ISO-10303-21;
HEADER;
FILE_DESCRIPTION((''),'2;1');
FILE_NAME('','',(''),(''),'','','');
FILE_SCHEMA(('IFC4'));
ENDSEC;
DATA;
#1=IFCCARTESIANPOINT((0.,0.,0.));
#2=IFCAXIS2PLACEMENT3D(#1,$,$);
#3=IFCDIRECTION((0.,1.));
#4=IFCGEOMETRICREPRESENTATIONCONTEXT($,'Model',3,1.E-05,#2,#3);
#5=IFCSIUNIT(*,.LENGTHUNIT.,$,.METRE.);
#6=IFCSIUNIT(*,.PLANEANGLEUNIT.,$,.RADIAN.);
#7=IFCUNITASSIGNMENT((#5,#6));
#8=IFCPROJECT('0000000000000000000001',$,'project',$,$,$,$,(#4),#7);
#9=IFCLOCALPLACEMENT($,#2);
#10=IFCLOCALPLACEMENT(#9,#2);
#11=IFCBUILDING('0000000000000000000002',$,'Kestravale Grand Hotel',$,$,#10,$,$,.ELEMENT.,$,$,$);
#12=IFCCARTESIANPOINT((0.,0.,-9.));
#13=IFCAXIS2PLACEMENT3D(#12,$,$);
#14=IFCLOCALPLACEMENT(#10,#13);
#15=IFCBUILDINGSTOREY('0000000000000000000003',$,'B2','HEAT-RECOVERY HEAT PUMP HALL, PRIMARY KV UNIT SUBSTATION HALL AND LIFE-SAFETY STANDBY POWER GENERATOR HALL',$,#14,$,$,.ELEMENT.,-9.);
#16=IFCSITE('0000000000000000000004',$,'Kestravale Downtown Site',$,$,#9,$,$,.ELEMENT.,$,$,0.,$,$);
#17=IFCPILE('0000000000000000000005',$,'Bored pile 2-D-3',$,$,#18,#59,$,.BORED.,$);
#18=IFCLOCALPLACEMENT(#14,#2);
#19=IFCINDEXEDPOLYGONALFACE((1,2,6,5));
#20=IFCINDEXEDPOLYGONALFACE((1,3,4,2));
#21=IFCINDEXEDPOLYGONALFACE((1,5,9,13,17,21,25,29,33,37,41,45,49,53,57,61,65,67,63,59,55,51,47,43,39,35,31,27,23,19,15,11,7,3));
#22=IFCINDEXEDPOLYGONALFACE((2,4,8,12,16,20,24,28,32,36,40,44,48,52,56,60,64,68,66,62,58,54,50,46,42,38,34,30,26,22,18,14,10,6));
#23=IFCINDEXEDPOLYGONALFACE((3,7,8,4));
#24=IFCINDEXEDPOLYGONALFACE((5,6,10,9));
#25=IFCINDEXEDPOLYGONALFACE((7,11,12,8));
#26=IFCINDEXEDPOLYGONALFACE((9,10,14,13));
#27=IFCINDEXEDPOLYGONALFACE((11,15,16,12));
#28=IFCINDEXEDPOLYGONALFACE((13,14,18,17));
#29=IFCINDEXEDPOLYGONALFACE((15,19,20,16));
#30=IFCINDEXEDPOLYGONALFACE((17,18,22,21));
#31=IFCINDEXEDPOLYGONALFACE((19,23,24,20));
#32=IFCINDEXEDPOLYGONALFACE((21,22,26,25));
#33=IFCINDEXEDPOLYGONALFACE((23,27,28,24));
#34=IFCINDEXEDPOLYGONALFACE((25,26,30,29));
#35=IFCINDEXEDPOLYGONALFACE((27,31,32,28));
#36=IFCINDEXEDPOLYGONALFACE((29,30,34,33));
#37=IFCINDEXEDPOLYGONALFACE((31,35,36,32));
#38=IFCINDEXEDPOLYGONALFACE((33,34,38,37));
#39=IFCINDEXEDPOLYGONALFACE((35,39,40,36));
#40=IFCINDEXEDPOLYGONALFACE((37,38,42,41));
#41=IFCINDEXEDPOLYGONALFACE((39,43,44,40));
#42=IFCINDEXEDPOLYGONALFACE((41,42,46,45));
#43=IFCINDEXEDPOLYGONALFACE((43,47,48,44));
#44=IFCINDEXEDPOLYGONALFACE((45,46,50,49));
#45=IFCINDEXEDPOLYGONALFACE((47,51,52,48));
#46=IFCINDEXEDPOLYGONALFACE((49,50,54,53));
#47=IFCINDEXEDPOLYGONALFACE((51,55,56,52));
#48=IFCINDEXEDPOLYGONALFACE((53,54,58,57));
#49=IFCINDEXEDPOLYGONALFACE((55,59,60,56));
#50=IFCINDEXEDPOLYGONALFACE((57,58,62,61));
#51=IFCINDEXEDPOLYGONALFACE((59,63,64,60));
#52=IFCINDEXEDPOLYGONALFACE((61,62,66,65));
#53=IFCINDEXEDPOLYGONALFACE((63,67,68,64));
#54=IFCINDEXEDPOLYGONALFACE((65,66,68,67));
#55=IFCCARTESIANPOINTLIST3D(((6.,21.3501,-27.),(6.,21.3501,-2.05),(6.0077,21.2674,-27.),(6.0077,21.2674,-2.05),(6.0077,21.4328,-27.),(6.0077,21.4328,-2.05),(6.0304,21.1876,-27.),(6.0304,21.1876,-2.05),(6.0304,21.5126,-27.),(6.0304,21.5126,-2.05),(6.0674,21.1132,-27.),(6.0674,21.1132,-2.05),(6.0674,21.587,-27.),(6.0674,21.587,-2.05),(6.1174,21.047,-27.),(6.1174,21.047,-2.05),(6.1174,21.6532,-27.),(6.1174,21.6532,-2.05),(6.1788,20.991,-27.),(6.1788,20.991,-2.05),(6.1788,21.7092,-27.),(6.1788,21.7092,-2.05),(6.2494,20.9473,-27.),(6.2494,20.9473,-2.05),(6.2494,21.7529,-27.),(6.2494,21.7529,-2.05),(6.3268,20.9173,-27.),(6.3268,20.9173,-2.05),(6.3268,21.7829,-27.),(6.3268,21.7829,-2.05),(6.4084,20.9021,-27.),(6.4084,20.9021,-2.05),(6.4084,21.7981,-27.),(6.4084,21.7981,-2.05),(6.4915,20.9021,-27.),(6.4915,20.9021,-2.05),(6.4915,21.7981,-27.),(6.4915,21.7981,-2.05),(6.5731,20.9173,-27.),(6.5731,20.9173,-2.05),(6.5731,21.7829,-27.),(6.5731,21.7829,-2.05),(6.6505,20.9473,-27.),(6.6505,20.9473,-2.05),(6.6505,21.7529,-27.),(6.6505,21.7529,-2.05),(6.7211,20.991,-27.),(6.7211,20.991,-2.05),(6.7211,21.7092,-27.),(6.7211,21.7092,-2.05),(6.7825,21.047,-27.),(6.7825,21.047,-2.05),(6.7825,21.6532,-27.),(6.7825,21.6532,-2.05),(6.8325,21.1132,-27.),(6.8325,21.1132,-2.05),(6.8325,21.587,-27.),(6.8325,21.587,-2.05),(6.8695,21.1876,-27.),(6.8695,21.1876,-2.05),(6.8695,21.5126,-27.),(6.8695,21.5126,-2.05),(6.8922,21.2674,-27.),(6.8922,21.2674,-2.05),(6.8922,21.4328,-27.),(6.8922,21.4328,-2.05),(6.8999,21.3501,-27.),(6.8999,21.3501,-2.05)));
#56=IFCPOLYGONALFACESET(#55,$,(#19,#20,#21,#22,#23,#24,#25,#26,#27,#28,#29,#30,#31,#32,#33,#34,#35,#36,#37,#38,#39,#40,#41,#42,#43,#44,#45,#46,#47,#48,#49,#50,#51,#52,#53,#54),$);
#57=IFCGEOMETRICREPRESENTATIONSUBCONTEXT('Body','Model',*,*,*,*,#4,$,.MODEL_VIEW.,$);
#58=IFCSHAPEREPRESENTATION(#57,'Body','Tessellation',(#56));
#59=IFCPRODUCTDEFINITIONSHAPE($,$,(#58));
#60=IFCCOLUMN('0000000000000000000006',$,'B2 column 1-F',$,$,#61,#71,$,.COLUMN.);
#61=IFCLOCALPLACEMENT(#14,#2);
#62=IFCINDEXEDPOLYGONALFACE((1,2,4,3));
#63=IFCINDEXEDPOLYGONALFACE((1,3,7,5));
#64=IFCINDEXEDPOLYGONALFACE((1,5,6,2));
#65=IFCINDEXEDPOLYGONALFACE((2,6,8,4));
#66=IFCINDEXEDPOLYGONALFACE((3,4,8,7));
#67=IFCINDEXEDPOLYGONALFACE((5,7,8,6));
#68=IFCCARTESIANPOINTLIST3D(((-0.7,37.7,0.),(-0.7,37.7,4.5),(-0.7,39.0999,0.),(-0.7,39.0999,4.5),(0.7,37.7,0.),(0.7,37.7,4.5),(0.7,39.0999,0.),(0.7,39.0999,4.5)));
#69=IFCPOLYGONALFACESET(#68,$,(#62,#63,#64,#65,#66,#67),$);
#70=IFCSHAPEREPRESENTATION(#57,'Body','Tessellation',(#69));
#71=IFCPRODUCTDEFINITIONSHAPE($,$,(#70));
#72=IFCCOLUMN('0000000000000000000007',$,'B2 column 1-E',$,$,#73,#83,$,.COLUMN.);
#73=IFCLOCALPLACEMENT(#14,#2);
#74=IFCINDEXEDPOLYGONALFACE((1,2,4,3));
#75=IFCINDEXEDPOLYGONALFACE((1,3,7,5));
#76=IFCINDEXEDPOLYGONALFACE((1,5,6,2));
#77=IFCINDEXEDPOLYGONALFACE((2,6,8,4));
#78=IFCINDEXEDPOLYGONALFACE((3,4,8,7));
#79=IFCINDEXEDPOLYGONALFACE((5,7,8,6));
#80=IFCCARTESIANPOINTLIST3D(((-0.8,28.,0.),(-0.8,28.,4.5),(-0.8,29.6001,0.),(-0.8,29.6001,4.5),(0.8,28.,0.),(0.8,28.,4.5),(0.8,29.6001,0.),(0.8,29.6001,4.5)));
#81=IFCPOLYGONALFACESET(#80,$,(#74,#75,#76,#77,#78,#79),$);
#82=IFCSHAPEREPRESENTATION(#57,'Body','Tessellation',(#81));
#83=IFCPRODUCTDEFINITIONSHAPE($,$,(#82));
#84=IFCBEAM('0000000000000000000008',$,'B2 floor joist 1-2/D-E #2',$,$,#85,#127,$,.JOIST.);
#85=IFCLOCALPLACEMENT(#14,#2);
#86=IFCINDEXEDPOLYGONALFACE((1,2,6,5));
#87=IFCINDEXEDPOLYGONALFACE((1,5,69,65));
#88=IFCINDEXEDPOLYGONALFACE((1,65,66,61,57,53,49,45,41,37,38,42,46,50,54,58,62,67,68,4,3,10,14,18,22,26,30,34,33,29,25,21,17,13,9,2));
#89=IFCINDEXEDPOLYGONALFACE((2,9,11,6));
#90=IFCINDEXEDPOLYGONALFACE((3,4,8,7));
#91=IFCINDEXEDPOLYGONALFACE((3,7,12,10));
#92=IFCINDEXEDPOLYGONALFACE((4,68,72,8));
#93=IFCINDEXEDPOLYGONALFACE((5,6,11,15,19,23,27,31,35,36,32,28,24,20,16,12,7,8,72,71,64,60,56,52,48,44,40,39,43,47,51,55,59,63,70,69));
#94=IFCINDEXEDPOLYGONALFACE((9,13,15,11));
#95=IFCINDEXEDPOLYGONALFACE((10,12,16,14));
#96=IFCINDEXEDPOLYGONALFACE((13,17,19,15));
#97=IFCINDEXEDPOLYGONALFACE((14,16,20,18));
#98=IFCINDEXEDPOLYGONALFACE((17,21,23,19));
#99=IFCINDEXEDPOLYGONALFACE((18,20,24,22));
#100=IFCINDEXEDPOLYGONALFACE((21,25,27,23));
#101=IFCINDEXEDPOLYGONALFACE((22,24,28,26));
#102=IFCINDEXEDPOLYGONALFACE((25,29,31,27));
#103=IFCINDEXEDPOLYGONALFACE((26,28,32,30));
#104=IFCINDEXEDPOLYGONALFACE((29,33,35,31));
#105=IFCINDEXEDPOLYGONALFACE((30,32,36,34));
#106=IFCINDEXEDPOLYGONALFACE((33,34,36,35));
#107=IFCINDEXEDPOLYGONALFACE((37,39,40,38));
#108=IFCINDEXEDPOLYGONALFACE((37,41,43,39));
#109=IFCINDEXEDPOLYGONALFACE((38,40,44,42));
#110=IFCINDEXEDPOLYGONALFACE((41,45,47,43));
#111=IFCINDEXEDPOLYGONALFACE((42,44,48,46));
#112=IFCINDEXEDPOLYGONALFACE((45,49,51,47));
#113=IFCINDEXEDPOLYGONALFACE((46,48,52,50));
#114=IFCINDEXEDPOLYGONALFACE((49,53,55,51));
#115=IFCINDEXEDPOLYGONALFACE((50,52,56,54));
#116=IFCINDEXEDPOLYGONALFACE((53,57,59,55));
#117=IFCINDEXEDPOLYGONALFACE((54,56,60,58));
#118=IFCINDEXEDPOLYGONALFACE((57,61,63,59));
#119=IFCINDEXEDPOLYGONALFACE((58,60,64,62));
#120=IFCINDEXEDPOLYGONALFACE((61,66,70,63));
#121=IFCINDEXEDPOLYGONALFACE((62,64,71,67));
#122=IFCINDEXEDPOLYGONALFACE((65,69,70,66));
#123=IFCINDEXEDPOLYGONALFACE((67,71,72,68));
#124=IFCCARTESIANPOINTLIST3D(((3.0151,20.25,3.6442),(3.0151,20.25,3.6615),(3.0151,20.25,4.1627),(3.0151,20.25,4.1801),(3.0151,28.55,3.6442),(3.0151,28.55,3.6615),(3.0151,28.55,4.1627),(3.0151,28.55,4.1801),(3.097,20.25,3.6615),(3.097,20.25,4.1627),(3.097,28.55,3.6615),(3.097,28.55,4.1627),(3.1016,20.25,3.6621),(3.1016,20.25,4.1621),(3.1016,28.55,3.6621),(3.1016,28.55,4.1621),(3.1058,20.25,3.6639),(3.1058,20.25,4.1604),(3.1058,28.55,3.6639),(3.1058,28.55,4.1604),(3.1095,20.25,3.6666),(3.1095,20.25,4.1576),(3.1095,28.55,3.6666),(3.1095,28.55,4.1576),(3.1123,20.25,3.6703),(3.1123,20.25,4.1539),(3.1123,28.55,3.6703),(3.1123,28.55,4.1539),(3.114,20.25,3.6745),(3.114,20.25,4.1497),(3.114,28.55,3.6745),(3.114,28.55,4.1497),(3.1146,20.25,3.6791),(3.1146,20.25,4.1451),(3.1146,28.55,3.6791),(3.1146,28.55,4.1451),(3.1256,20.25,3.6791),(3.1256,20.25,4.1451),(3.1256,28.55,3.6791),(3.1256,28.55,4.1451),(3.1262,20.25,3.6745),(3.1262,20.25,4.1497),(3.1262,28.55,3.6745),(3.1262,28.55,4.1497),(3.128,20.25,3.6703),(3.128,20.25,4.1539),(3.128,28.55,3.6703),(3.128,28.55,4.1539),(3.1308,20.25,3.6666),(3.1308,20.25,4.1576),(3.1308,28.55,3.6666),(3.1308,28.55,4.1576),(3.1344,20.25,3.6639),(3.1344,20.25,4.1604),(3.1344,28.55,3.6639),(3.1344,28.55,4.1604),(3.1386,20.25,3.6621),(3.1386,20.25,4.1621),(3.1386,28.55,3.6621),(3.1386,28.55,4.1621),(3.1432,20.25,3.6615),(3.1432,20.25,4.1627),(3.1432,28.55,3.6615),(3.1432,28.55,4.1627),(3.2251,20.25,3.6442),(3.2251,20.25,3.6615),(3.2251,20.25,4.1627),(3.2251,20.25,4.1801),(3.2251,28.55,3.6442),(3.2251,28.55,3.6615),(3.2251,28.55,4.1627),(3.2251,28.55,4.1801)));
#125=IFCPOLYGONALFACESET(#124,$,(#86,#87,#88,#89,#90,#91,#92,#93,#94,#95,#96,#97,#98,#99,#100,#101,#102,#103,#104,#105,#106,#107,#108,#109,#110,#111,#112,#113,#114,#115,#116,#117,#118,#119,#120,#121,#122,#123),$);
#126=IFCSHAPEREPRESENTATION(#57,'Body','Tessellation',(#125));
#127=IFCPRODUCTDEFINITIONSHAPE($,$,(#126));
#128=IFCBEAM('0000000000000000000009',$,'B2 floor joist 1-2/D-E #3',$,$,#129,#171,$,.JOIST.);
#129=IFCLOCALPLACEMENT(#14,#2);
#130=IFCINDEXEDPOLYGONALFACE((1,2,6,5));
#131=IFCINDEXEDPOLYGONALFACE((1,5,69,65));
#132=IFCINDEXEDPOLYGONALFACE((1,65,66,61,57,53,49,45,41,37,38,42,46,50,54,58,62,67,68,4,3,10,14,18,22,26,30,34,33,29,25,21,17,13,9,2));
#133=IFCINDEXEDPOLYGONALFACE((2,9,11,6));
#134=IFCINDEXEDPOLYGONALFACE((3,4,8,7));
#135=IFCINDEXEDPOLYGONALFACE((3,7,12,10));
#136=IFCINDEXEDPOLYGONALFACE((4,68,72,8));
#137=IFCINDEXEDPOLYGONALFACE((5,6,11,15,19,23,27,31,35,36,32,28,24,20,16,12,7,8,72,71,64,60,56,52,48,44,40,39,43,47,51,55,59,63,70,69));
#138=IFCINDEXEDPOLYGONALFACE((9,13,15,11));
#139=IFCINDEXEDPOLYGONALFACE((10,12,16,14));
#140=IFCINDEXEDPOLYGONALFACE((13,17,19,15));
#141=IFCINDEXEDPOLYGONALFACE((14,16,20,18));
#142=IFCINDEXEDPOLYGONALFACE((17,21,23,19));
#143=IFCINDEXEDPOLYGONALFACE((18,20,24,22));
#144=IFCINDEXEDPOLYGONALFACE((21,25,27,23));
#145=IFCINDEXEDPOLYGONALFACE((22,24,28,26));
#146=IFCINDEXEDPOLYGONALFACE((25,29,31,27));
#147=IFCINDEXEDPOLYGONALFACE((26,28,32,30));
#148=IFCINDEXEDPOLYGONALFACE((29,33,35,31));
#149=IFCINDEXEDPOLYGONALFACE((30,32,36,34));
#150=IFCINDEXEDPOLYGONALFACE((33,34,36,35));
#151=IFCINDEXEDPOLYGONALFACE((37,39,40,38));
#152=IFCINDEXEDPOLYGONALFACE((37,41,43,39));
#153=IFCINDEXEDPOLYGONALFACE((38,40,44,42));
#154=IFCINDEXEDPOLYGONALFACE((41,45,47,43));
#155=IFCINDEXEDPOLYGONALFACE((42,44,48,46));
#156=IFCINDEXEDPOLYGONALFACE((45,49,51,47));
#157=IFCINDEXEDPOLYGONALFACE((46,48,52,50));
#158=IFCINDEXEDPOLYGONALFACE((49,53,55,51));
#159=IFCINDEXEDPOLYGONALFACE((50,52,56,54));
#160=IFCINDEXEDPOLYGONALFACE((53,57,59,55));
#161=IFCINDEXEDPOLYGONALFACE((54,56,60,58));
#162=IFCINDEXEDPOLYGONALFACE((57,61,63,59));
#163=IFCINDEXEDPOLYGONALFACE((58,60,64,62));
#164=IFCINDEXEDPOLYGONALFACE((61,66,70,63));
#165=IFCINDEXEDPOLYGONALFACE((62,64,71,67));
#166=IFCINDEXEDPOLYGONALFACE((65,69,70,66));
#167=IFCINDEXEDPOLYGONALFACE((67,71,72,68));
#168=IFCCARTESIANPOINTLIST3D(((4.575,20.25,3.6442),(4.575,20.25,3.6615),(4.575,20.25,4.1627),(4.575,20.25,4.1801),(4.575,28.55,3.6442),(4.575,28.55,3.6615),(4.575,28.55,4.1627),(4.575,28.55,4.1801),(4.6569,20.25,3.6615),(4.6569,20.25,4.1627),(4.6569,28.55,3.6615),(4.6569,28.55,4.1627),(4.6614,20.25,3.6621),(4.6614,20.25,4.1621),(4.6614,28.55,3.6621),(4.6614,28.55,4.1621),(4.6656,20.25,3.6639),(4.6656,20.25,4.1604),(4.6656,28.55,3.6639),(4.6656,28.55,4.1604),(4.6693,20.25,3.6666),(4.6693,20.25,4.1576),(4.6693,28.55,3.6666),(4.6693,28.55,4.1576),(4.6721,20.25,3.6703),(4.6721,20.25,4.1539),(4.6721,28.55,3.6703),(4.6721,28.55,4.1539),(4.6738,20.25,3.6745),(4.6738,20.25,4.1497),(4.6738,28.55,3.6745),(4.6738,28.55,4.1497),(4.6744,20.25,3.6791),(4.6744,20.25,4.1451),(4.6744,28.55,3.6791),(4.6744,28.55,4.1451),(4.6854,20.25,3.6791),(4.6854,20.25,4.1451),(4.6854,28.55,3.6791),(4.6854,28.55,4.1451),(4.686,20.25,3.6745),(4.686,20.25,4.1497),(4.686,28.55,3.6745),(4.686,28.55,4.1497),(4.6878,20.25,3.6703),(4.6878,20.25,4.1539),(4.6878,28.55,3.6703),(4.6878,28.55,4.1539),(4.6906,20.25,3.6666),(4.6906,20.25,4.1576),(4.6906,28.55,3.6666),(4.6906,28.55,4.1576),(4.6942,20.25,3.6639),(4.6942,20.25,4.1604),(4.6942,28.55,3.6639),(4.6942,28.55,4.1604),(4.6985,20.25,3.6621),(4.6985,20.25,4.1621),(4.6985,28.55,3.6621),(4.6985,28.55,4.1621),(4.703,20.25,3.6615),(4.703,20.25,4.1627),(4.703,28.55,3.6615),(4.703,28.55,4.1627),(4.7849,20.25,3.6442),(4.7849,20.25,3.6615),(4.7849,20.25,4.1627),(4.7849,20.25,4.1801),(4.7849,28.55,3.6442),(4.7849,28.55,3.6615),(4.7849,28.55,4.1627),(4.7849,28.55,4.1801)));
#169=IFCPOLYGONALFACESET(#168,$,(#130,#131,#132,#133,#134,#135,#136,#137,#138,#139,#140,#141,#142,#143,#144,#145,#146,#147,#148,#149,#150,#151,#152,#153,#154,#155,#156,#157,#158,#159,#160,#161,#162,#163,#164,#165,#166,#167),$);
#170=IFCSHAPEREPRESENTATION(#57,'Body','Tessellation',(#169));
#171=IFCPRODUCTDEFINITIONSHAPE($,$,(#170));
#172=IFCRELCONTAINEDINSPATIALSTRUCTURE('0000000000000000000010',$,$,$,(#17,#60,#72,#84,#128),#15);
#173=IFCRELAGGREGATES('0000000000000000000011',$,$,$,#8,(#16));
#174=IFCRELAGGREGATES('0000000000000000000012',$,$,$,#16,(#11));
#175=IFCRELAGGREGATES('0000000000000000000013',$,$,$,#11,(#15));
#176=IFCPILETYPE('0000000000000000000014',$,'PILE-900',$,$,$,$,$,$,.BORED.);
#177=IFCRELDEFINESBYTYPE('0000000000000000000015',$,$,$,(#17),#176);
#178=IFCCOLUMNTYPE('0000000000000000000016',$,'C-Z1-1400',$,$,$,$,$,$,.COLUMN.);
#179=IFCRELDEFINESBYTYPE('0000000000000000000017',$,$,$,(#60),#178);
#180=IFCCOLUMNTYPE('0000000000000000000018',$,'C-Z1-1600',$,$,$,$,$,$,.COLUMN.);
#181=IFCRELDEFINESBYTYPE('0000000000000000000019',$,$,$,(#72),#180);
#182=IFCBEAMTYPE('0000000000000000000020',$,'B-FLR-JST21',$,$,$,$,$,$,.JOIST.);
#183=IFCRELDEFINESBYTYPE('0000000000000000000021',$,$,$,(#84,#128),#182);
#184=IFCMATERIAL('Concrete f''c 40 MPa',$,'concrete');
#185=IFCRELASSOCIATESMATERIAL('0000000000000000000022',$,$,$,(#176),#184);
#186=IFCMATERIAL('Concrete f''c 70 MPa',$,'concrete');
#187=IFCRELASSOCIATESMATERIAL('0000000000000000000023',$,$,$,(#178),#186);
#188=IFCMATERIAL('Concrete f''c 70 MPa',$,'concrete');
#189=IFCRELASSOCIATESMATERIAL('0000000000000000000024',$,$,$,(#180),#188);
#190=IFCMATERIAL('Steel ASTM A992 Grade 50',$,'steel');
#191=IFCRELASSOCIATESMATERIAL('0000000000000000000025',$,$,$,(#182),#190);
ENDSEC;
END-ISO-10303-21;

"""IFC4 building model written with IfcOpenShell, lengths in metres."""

from ifc_helpers import new_model, si_unit, direction, frame, origin, origin_2d, place, context, subcontext, project, spatial, rectangle, circle, i_section, extrude, material, material_profile, profile_set, type_object, element, save


model = new_model("IFC4")

# Units and contexts
model_context = context("Model", 3, precision=1e-05, world=origin(), true_north=direction((0.0, 1.0)))
body_context = subcontext(model_context, "Body", "Model", "MODEL_VIEW")
ifc_project = project(units=[si_unit("LENGTHUNIT", "METRE"), si_unit("PLANEANGLEUNIT", "RADIAN")], contexts=[model_context])

# Site, building, storey
site_placement = place(None, origin())
site = spatial("IfcSite", under=ifc_project, at=site_placement, Name="Kestravale Downtown Site", CompositionType="ELEMENT", RefElevation=0.0)
building_placement = place(site_placement, origin())
building = spatial("IfcBuilding", under=site, at=building_placement, Name="Kestravale Grand Hotel", CompositionType="ELEMENT")
storey_placement = place(building_placement, frame((0.0, 0.0, -9.0)))
storey = spatial("IfcBuildingStorey", under=building, at=storey_placement, Name="B2", Description="HEAT-RECOVERY HEAT PUMP HALL, PRIMARY KV UNIT SUBSTATION HALL AND LIFE-SAFETY STANDBY POWER GENERATOR HALL", CompositionType="ELEMENT", Elevation=-9.0)

# Pile
ifc_material_1 = material(Name="Concrete f'c 40 MPa", Category="concrete")
ifc_material_profile_1 = material_profile(ifc_material_1, circle(Radius=0.45, at=origin_2d()))
ifc_profile_set_1 = profile_set([ifc_material_profile_1], Name="Concrete f'c 40 MPa")
pile_type_1 = type_object("IfcPileType", Name="PILE-900", PredefinedType="BORED", material=ifc_profile_set_1)
pile_placement = place(storey_placement, frame((6.45, 21.3501, -2.05), z_axis=(0.0, 0.0, -1.0), x_axis=(1.0, 0.0, 0.0)))
element("IfcPile", 1, at=pile_placement, inside=storey, type_object=pile_type_1, Name="Bored pile 2-D-3", PredefinedType="BORED", context=body_context, shape_type="SweptSolid", body=[
    extrude(circle(Radius=0.45, at=origin_2d()), origin(), (0.0, 0.0, 1.0), 24.95),
])

# Columns
ifc_material_2 = material(Name="Concrete f'c 70 MPa", Category="concrete")
ifc_material_profile_2 = material_profile(ifc_material_2, rectangle(XDim=1.3999, YDim=1.3999, at=origin_2d()))
ifc_profile_set_2 = profile_set([ifc_material_profile_2], Name="Concrete f'c 70 MPa")
column_type_1 = type_object("IfcColumnType", Name="C-Z1-1400", PredefinedType="COLUMN", material=ifc_profile_set_2)
column_1_placement = place(storey_placement, frame((0.0, 38.3999, 0.0), z_axis=(0.0, 0.0, 1.0), x_axis=(1.0, 0.0, 0.0)))
element("IfcColumn", 2, at=column_1_placement, inside=storey, type_object=column_type_1, Name="B2 column 1-F", PredefinedType="COLUMN", context=body_context, shape_type="SweptSolid", body=[
    extrude(rectangle(XDim=1.3999, YDim=1.3999, at=origin_2d()), origin(), (0.0, 0.0, 1.0), 4.5),
])
ifc_material_3 = material(Name="Concrete f'c 70 MPa", Category="concrete")
ifc_material_profile_3 = material_profile(ifc_material_3, rectangle(XDim=1.6001, YDim=1.6001, at=origin_2d()))
ifc_profile_set_3 = profile_set([ifc_material_profile_3], Name="Concrete f'c 70 MPa")
column_type_2 = type_object("IfcColumnType", Name="C-Z1-1600", PredefinedType="COLUMN", material=ifc_profile_set_3)
column_2_placement = place(storey_placement, frame((0.0, 28.8, 0.0), z_axis=(0.0, 0.0, 1.0), x_axis=(1.0, 0.0, 0.0)))
element("IfcColumn", 3, at=column_2_placement, inside=storey, type_object=column_type_2, Name="B2 column 1-E", PredefinedType="COLUMN", context=body_context, shape_type="SweptSolid", body=[
    extrude(rectangle(XDim=1.6001, YDim=1.6001, at=origin_2d()), origin(), (0.0, 0.0, 1.0), 4.5),
])

# Beams
ifc_material_4 = material(Name="Steel ASTM A992 Grade 50", Category="steel")
ifc_material_profile_4 = material_profile(ifc_material_4, i_section(OverallWidth=0.21, OverallDepth=0.5359, WebThickness=0.011, FlangeThickness=0.0173, FilletRadius=0.0176, at=origin_2d()))
ifc_profile_set_4 = profile_set([ifc_material_profile_4], Name="Steel ASTM A992 Grade 50")
beam_type_1 = type_object("IfcBeamType", Name="B-FLR-JST21", PredefinedType="JOIST", material=ifc_profile_set_4)
for number, where, z_axis, x_axis, name in (
    (4, (3.1201, 20.25, 3.9121), (0.0, 1.0, 0.0), (-1.0, 0.0, 0.0), "B2 floor joist 1-2/D-E #2"),
    (5, (4.6799, 20.25, 3.9121), (0.0, 1.0, 0.0), (-1.0, 0.0, 0.0), "B2 floor joist 1-2/D-E #3"),
):
    element("IfcBeam", number, at=place(storey_placement, frame(where, z_axis=z_axis, x_axis=x_axis)), inside=storey, type_object=beam_type_1, Name=name, PredefinedType="JOIST", context=body_context, shape_type="SweptSolid", body=[
        extrude(i_section(OverallWidth=0.21, OverallDepth=0.5359, WebThickness=0.011, FlangeThickness=0.0173, FilletRadius=0.0176, at=origin_2d()), origin(), (0.0, 0.0, 1.0), 8.3),
    ])

save(model, "model.ifc")
